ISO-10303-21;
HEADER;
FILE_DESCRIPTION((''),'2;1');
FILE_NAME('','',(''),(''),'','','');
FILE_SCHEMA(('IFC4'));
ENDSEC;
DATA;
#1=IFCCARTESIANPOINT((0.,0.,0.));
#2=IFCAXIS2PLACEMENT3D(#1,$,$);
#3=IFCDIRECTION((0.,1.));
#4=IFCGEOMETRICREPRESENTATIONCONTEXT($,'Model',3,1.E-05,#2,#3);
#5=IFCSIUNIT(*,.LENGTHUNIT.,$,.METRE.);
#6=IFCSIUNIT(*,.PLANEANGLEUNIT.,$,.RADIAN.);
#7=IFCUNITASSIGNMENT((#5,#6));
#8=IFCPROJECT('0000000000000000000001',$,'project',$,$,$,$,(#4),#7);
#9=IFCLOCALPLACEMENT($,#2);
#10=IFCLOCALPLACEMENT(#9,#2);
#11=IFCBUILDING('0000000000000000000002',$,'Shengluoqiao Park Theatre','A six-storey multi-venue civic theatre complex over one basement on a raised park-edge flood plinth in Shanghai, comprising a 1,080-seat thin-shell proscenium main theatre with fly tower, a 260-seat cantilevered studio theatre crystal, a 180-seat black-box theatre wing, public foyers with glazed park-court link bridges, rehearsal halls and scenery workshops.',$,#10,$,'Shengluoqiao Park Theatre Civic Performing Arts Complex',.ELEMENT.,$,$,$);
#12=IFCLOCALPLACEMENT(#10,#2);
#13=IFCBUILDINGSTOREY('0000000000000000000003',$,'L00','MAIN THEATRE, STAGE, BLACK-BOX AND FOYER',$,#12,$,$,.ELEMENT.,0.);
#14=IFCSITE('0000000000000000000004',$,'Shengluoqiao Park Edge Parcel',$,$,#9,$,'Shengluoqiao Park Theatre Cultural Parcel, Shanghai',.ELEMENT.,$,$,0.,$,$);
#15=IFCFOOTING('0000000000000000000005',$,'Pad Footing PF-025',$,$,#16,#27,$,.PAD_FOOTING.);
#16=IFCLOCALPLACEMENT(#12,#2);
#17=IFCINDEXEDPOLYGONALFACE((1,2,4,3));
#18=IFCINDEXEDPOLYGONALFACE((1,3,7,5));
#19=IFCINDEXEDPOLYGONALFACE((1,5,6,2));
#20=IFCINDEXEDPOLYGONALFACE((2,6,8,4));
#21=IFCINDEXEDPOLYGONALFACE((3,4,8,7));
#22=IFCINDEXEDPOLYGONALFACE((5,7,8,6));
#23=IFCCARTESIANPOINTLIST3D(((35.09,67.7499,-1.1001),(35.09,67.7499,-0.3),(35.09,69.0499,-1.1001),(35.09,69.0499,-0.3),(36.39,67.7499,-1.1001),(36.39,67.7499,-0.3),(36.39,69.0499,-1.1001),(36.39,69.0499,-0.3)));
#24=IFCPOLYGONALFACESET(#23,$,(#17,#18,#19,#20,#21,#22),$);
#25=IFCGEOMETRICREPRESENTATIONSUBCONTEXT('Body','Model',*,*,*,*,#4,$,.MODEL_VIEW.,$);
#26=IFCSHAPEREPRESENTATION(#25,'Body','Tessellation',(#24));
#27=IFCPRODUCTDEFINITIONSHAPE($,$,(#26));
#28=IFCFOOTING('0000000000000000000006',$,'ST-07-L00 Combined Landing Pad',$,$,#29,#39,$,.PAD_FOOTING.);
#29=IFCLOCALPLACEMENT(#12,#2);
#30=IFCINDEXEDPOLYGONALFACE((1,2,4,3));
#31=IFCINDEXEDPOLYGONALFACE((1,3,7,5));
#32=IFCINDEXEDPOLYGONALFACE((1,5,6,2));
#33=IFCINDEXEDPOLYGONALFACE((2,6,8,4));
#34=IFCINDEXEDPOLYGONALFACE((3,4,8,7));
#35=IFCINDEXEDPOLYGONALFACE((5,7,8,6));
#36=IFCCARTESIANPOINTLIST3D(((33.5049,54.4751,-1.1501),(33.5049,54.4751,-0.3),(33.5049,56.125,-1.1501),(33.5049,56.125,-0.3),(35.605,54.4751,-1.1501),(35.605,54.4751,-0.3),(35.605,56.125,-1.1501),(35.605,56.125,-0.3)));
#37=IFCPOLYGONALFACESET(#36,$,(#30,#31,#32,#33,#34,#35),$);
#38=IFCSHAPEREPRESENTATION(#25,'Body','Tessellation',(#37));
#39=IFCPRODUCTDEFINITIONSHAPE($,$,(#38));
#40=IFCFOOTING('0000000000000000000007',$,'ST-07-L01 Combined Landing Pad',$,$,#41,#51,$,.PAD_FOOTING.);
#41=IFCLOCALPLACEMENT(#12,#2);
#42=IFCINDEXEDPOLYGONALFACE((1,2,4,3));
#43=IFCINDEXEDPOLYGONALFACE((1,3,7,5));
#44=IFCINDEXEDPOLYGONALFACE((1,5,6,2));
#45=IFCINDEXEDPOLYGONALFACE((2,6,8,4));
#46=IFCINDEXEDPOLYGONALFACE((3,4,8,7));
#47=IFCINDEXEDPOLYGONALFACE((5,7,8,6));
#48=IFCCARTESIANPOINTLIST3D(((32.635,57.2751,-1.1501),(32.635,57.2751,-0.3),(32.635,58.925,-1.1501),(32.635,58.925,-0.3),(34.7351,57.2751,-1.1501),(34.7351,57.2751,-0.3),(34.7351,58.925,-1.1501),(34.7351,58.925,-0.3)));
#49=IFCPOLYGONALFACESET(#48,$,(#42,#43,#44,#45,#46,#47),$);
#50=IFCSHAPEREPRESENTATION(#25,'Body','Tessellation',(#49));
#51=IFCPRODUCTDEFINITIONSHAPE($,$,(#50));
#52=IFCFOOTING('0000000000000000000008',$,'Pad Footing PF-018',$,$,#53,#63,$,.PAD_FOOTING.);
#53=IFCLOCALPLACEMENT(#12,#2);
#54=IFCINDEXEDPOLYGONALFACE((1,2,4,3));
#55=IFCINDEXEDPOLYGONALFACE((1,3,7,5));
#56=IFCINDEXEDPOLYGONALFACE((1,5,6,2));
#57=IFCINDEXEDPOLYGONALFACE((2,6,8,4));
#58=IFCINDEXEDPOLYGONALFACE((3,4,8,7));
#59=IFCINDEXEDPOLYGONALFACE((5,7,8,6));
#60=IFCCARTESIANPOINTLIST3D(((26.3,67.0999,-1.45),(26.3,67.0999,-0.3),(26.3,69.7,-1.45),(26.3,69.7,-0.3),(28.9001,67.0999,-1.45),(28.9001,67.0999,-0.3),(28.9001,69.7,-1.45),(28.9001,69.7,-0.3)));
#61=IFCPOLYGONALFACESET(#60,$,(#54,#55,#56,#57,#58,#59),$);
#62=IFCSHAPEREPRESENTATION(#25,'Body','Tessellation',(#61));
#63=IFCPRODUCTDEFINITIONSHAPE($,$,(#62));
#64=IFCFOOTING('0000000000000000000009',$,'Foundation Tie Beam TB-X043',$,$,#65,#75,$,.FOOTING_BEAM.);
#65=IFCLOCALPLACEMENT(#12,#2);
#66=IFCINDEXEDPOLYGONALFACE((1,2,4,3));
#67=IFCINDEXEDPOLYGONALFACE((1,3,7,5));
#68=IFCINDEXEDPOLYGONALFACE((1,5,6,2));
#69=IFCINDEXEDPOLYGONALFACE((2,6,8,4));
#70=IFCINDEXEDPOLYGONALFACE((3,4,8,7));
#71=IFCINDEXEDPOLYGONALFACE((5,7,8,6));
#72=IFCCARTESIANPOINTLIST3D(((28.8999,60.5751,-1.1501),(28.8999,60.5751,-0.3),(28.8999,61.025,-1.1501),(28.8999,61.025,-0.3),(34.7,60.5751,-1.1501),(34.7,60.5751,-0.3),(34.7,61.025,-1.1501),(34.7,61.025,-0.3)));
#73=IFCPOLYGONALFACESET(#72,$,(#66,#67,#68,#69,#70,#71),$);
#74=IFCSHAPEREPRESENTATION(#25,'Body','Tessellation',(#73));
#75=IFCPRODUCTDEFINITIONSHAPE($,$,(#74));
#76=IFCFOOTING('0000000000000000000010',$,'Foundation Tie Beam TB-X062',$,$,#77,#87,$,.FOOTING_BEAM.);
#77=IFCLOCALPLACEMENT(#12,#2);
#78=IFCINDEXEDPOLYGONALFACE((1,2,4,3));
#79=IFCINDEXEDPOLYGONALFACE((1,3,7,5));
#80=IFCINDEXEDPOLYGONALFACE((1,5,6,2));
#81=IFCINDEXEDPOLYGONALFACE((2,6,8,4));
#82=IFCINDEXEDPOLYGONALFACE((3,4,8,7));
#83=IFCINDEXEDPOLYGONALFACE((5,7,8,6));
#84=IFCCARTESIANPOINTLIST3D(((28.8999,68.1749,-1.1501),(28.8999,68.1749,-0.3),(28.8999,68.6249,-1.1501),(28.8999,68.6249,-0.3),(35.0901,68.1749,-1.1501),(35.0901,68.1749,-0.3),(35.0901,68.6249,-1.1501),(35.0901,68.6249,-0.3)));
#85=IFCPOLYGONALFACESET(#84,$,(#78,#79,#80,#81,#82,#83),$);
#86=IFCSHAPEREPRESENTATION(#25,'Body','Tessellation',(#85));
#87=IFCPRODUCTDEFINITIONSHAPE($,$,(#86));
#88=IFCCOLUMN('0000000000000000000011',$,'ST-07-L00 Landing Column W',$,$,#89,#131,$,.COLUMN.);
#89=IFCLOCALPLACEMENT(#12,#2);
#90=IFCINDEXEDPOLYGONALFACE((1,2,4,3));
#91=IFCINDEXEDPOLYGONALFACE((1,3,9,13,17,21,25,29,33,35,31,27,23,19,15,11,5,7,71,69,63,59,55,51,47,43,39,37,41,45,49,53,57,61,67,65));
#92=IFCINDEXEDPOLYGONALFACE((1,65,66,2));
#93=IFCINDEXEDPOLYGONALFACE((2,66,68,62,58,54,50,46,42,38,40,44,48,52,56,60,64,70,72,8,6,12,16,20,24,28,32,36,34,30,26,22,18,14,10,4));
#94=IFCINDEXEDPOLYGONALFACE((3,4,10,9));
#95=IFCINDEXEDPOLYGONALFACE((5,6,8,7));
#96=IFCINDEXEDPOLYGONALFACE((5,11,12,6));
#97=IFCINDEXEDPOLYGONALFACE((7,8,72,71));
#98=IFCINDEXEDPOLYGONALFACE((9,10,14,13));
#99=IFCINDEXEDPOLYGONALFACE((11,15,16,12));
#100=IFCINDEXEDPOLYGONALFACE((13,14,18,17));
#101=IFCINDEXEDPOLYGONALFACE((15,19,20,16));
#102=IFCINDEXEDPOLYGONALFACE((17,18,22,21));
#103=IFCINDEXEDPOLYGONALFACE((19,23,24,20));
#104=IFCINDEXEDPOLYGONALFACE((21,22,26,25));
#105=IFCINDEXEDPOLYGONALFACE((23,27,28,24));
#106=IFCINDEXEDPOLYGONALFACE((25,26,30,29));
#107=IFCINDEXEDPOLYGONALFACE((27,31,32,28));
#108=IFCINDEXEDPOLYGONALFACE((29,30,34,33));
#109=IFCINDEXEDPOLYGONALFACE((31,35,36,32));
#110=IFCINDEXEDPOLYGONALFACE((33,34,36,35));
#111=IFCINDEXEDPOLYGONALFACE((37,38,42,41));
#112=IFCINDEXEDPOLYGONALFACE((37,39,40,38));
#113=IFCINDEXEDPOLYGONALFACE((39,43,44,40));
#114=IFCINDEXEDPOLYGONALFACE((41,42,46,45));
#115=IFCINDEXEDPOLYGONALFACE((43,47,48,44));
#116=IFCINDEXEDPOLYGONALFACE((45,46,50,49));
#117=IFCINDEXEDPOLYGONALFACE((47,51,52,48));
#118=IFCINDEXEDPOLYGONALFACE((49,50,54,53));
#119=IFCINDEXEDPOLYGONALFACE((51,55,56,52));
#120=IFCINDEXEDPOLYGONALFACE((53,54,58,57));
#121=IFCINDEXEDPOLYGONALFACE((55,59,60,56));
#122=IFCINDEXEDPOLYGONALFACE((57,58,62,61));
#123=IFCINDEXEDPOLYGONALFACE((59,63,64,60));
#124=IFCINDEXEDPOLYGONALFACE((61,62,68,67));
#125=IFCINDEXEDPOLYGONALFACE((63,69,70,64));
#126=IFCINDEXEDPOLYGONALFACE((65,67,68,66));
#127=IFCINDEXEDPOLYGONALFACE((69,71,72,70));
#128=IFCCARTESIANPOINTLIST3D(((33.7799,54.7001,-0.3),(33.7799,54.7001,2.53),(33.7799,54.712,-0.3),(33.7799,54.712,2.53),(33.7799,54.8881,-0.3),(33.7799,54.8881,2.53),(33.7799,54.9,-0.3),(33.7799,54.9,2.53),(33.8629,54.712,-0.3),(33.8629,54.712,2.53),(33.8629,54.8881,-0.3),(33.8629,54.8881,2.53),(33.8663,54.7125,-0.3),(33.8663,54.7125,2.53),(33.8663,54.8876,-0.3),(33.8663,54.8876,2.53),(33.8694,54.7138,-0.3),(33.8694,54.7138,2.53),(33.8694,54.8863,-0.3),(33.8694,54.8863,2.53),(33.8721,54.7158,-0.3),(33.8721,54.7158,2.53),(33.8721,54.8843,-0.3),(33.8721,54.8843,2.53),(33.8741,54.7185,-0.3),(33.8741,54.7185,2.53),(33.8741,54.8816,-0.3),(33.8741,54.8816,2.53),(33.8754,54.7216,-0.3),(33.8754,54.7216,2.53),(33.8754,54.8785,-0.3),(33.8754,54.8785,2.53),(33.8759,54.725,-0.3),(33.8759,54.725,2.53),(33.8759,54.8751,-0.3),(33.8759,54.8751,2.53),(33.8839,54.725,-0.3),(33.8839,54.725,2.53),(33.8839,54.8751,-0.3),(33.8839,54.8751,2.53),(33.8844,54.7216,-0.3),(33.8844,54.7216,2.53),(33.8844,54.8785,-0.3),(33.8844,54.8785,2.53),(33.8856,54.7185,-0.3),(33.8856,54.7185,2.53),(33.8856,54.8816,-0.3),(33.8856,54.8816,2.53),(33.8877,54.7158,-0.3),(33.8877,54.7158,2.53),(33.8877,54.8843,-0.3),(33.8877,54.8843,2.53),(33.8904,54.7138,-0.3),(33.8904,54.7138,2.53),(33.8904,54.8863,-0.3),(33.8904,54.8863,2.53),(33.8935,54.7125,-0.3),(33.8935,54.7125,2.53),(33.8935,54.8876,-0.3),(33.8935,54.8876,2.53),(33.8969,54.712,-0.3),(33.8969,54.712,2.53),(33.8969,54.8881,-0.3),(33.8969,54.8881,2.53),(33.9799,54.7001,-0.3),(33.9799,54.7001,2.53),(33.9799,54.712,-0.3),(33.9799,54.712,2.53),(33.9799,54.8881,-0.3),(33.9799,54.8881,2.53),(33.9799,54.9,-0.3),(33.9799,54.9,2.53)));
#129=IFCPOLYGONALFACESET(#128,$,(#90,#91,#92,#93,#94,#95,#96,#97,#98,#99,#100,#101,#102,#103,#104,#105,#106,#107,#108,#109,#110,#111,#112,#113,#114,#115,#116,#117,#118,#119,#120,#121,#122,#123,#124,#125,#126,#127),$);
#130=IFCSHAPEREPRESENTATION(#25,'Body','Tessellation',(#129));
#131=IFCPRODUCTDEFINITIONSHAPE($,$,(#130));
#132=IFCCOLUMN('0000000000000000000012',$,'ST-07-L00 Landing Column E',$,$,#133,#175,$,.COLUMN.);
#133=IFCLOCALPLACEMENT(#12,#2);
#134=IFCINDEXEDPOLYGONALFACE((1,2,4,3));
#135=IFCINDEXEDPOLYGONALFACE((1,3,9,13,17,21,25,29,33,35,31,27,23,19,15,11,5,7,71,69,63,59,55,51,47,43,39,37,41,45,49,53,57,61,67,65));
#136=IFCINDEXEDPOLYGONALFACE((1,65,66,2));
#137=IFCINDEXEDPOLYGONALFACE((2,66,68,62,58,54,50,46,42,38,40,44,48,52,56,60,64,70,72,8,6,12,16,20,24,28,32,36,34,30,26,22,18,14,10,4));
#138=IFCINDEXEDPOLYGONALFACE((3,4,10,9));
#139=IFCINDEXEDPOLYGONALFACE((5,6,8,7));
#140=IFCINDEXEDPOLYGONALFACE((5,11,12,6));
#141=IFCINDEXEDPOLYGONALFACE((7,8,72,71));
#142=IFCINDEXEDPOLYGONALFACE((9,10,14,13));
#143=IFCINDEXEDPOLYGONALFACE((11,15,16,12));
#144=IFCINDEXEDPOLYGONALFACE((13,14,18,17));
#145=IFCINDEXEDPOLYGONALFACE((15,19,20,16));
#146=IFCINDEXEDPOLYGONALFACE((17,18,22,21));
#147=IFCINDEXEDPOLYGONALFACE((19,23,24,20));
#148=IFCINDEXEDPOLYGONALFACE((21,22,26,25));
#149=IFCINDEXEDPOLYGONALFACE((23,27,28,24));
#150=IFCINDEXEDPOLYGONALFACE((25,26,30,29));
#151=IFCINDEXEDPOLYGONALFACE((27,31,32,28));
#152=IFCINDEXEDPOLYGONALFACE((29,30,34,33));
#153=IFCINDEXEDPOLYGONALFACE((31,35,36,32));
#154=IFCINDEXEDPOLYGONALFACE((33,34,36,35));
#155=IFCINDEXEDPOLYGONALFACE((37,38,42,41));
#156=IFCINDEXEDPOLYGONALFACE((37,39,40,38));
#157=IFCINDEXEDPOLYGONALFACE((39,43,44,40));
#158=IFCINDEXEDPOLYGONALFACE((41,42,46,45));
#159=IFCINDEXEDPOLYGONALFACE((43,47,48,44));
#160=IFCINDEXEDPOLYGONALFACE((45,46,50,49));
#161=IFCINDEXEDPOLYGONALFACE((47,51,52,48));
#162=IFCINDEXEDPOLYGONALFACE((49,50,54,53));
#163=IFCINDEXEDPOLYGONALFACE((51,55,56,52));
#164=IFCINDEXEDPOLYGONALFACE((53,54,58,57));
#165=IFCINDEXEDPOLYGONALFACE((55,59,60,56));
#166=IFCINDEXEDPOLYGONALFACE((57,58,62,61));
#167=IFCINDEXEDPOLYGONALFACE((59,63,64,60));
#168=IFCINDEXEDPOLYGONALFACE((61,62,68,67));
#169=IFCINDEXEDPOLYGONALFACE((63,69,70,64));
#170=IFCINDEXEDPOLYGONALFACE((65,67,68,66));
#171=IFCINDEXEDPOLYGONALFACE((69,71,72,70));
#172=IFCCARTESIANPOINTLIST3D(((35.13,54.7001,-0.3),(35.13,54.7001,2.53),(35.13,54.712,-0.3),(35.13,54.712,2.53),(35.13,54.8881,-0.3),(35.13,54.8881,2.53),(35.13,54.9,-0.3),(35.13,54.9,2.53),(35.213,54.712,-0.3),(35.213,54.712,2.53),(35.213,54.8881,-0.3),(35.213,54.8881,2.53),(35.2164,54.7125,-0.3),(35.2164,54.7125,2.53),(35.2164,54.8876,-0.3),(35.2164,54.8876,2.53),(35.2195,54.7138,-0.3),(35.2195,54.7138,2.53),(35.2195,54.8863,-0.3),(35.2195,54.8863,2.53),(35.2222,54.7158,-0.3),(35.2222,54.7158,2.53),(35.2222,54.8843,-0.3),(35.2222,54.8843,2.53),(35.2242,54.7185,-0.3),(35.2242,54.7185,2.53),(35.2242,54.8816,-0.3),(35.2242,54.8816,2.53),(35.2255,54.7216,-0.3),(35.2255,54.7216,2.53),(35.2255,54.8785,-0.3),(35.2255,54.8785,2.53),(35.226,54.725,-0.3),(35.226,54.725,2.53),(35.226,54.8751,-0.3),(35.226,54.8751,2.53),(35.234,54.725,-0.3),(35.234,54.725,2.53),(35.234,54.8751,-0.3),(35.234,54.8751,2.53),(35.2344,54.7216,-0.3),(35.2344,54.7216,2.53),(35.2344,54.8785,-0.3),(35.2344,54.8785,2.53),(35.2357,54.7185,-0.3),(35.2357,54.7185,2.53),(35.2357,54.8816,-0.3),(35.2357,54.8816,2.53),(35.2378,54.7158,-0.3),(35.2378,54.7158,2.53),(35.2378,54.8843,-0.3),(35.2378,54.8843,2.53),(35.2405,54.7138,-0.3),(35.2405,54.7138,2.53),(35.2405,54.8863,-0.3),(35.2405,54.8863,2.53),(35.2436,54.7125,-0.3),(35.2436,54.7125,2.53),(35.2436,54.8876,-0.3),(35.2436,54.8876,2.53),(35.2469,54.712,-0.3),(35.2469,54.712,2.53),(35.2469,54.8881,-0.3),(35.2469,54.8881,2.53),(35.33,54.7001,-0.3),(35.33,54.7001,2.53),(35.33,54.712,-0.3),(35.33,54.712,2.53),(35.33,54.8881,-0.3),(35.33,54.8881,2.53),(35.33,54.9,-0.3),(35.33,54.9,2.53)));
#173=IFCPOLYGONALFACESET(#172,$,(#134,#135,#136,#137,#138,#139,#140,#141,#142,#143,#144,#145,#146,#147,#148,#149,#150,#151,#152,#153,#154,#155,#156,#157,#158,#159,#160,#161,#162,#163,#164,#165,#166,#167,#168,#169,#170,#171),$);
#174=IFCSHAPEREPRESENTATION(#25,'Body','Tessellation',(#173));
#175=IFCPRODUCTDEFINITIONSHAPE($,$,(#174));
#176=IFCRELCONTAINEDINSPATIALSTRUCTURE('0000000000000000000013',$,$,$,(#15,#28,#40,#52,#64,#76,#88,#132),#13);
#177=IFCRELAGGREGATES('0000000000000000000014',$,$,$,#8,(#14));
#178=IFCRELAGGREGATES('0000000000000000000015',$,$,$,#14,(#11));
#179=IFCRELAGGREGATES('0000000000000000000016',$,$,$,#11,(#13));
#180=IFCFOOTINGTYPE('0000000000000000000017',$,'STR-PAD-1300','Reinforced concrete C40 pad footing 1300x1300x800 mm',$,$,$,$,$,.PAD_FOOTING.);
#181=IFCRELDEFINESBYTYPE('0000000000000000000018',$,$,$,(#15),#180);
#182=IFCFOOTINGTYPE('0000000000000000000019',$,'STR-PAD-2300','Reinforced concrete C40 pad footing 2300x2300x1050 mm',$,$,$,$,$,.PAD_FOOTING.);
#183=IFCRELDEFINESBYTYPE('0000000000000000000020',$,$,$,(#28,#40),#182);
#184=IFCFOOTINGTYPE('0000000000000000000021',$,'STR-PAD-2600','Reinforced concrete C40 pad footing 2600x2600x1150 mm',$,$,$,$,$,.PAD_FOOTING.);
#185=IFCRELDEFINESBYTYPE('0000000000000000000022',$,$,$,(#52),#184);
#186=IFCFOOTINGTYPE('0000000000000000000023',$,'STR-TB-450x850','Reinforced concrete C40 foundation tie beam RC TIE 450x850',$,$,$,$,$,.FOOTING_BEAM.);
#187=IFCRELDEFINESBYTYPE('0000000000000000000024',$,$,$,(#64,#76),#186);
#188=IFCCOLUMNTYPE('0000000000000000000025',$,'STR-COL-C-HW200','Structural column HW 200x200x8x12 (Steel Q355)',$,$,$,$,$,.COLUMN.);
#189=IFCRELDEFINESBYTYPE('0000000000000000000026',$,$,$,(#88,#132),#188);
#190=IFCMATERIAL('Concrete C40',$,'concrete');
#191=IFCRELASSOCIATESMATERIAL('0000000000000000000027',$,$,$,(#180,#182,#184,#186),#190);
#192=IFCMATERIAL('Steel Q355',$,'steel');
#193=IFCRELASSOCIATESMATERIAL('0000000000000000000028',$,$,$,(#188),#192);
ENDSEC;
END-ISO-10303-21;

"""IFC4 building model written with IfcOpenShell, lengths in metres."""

from ifc_helpers import new_model, si_unit, direction, frame, origin, origin_2d, place, context, subcontext, project, spatial, rectangle, i_section, extrude, material, material_profile, profile_set, type_object, element, save


model = new_model("IFC4")

# Units and contexts
model_context = context("Model", 3, precision=1e-05, world=origin(), true_north=direction((0.0, 1.0)))
body_context = subcontext(model_context, "Body", "Model", "MODEL_VIEW")
ifc_project = project(units=[si_unit("LENGTHUNIT", "METRE"), si_unit("PLANEANGLEUNIT", "RADIAN")], contexts=[model_context])

# Site, building, storey
site_placement = place(None, origin())
site = spatial("IfcSite", under=ifc_project, at=site_placement, Name="Shengluoqiao Park Edge Parcel", LongName="Shengluoqiao Park Theatre Cultural Parcel, Shanghai", CompositionType="ELEMENT", RefElevation=0.0)
building_placement = place(site_placement, origin())
building = spatial("IfcBuilding", under=site, at=building_placement, Name="Shengluoqiao Park Theatre", Description="A six-storey multi-venue civic theatre complex over one basement on a raised park-edge flood plinth in Shanghai, comprising a 1,080-seat thin-shell proscenium main theatre with fly tower, a 260-seat cantilevered studio theatre crystal, a 180-seat black-box theatre wing, public foyers with glazed park-court link bridges, rehearsal halls and scenery workshops.", LongName="Shengluoqiao Park Theatre Civic Performing Arts Complex", CompositionType="ELEMENT")
storey_placement = place(building_placement, origin())
storey = spatial("IfcBuildingStorey", under=building, at=storey_placement, Name="L00", Description="MAIN THEATRE, STAGE, BLACK-BOX AND FOYER", CompositionType="ELEMENT", Elevation=0.0)

# Footings
ifc_material_1 = material(Name="Concrete C40", Category="concrete")
footing_type_1 = type_object("IfcFootingType", Name="STR-PAD-1300", Description="Reinforced concrete C40 pad footing 1300x1300x800 mm", PredefinedType="PAD_FOOTING", material=ifc_material_1)
footing_1_placement = place(storey_placement, frame((35.74, 68.3999, -1.1001), z_axis=(0.0, 0.0, 1.0), x_axis=(1.0, 0.0, 0.0)))
element("IfcFooting", 1, at=footing_1_placement, inside=storey, type_object=footing_type_1, Name="Pad Footing PF-025", PredefinedType="PAD_FOOTING", context=body_context, shape_type="SweptSolid", body=[
    extrude(rectangle(XDim=1.3, YDim=1.3, at=origin_2d()), origin(), (0.0, 0.0, 1.0), 0.8),
])
footing_type_2 = type_object("IfcFootingType", Name="STR-PAD-2300", Description="Reinforced concrete C40 pad footing 2300x2300x1050 mm", PredefinedType="PAD_FOOTING", material=ifc_material_1)
for number, where, z_axis, x_axis, name in (
    (2, (34.5549, 55.3, -1.1501), (0.0, 0.0, 1.0), (1.0, 0.0, 0.0), "ST-07-L00 Combined Landing Pad"),
    (3, (33.6851, 58.1001, -1.1501), (0.0, 0.0, 1.0), (1.0, 0.0, 0.0), "ST-07-L01 Combined Landing Pad"),
):
    element("IfcFooting", number, at=place(storey_placement, frame(where, z_axis=z_axis, x_axis=x_axis)), inside=storey, type_object=footing_type_2, Name=name, PredefinedType="PAD_FOOTING", context=body_context, shape_type="SweptSolid", body=[
        extrude(rectangle(XDim=2.1001, YDim=1.6499, at=origin_2d()), origin(), (0.0, 0.0, 1.0), 0.8501),
    ])
footing_type_3 = type_object("IfcFootingType", Name="STR-PAD-2600", Description="Reinforced concrete C40 pad footing 2600x2600x1150 mm", PredefinedType="PAD_FOOTING", material=ifc_material_1)
footing_2_placement = place(storey_placement, frame((27.6001, 68.3999, -1.45), z_axis=(0.0, 0.0, 1.0), x_axis=(1.0, 0.0, 0.0)))
element("IfcFooting", 4, at=footing_2_placement, inside=storey, type_object=footing_type_3, Name="Pad Footing PF-018", PredefinedType="PAD_FOOTING", context=body_context, shape_type="SweptSolid", body=[
    extrude(rectangle(XDim=2.6001, YDim=2.6001, at=origin_2d()), origin(), (0.0, 0.0, 1.0), 1.1499),
])
ifc_material_profile_1 = material_profile(ifc_material_1, rectangle(XDim=0.45, YDim=0.8501, at=origin_2d()), Name="RC TIE 450x850")
ifc_profile_set_1 = profile_set([ifc_material_profile_1], Name="Concrete C40")
footing_type_4 = type_object("IfcFootingType", Name="STR-TB-450x850", Description="Reinforced concrete C40 foundation tie beam RC TIE 450x850", PredefinedType="FOOTING_BEAM", material=ifc_profile_set_1)
footing_3_placement = place(storey_placement, frame((28.8999, 60.8, -0.7251), z_axis=(1.0, 0.0, 0.0), x_axis=(0.0, 1.0, 0.0)))
element("IfcFooting", 5, at=footing_3_placement, inside=storey, type_object=footing_type_4, Name="Foundation Tie Beam TB-X043", PredefinedType="FOOTING_BEAM", context=body_context, shape_type="SweptSolid", body=[
    extrude(rectangle(XDim=0.45, YDim=0.8501, at=origin_2d()), origin(), (0.0, 0.0, 1.0), 5.8),
])
footing_4_placement = place(storey_placement, frame((28.8999, 68.3999, -0.7251), z_axis=(1.0, 0.0, 0.0), x_axis=(0.0, 1.0, 0.0)))
element("IfcFooting", 6, at=footing_4_placement, inside=storey, type_object=footing_type_4, Name="Foundation Tie Beam TB-X062", PredefinedType="FOOTING_BEAM", context=body_context, shape_type="SweptSolid", body=[
    extrude(rectangle(XDim=0.45, YDim=0.8501, at=origin_2d()), origin(), (0.0, 0.0, 1.0), 6.1902),
])

# Columns
ifc_material_2 = material(Name="Steel Q355", Category="steel")
ifc_material_profile_2 = material_profile(ifc_material_2, i_section(OverallWidth=0.2, OverallDepth=0.2, WebThickness=0.0081, FlangeThickness=0.012, FilletRadius=0.0129, at=origin_2d()), Name="HW 200x200x8x12")
ifc_profile_set_2 = profile_set([ifc_material_profile_2], Name="Steel Q355")
column_type_1 = type_object("IfcColumnType", Name="STR-COL-C-HW200", Description="Structural column HW 200x200x8x12 (Steel Q355)", PredefinedType="COLUMN", material=ifc_profile_set_2)
for number, where, z_axis, x_axis, name in (
    (7, (33.8799, 54.8, -0.3), (0.0, 0.0, 1.0), (1.0, 0.0, 0.0), "ST-07-L00 Landing Column W"),
    (8, (35.23, 54.8, -0.3), (0.0, 0.0, 1.0), (1.0, 0.0, 0.0), "ST-07-L00 Landing Column E"),
):
    element("IfcColumn", number, at=place(storey_placement, frame(where, z_axis=z_axis, x_axis=x_axis)), inside=storey, type_object=column_type_1, Name=name, PredefinedType="COLUMN", context=body_context, shape_type="SweptSolid", body=[
        extrude(i_section(OverallWidth=0.2, OverallDepth=0.2, WebThickness=0.0081, FlangeThickness=0.012, FilletRadius=0.0129, at=origin_2d()), origin(), (0.0, 0.0, 1.0), 2.8301),
    ])

save(model, "model.ifc")
